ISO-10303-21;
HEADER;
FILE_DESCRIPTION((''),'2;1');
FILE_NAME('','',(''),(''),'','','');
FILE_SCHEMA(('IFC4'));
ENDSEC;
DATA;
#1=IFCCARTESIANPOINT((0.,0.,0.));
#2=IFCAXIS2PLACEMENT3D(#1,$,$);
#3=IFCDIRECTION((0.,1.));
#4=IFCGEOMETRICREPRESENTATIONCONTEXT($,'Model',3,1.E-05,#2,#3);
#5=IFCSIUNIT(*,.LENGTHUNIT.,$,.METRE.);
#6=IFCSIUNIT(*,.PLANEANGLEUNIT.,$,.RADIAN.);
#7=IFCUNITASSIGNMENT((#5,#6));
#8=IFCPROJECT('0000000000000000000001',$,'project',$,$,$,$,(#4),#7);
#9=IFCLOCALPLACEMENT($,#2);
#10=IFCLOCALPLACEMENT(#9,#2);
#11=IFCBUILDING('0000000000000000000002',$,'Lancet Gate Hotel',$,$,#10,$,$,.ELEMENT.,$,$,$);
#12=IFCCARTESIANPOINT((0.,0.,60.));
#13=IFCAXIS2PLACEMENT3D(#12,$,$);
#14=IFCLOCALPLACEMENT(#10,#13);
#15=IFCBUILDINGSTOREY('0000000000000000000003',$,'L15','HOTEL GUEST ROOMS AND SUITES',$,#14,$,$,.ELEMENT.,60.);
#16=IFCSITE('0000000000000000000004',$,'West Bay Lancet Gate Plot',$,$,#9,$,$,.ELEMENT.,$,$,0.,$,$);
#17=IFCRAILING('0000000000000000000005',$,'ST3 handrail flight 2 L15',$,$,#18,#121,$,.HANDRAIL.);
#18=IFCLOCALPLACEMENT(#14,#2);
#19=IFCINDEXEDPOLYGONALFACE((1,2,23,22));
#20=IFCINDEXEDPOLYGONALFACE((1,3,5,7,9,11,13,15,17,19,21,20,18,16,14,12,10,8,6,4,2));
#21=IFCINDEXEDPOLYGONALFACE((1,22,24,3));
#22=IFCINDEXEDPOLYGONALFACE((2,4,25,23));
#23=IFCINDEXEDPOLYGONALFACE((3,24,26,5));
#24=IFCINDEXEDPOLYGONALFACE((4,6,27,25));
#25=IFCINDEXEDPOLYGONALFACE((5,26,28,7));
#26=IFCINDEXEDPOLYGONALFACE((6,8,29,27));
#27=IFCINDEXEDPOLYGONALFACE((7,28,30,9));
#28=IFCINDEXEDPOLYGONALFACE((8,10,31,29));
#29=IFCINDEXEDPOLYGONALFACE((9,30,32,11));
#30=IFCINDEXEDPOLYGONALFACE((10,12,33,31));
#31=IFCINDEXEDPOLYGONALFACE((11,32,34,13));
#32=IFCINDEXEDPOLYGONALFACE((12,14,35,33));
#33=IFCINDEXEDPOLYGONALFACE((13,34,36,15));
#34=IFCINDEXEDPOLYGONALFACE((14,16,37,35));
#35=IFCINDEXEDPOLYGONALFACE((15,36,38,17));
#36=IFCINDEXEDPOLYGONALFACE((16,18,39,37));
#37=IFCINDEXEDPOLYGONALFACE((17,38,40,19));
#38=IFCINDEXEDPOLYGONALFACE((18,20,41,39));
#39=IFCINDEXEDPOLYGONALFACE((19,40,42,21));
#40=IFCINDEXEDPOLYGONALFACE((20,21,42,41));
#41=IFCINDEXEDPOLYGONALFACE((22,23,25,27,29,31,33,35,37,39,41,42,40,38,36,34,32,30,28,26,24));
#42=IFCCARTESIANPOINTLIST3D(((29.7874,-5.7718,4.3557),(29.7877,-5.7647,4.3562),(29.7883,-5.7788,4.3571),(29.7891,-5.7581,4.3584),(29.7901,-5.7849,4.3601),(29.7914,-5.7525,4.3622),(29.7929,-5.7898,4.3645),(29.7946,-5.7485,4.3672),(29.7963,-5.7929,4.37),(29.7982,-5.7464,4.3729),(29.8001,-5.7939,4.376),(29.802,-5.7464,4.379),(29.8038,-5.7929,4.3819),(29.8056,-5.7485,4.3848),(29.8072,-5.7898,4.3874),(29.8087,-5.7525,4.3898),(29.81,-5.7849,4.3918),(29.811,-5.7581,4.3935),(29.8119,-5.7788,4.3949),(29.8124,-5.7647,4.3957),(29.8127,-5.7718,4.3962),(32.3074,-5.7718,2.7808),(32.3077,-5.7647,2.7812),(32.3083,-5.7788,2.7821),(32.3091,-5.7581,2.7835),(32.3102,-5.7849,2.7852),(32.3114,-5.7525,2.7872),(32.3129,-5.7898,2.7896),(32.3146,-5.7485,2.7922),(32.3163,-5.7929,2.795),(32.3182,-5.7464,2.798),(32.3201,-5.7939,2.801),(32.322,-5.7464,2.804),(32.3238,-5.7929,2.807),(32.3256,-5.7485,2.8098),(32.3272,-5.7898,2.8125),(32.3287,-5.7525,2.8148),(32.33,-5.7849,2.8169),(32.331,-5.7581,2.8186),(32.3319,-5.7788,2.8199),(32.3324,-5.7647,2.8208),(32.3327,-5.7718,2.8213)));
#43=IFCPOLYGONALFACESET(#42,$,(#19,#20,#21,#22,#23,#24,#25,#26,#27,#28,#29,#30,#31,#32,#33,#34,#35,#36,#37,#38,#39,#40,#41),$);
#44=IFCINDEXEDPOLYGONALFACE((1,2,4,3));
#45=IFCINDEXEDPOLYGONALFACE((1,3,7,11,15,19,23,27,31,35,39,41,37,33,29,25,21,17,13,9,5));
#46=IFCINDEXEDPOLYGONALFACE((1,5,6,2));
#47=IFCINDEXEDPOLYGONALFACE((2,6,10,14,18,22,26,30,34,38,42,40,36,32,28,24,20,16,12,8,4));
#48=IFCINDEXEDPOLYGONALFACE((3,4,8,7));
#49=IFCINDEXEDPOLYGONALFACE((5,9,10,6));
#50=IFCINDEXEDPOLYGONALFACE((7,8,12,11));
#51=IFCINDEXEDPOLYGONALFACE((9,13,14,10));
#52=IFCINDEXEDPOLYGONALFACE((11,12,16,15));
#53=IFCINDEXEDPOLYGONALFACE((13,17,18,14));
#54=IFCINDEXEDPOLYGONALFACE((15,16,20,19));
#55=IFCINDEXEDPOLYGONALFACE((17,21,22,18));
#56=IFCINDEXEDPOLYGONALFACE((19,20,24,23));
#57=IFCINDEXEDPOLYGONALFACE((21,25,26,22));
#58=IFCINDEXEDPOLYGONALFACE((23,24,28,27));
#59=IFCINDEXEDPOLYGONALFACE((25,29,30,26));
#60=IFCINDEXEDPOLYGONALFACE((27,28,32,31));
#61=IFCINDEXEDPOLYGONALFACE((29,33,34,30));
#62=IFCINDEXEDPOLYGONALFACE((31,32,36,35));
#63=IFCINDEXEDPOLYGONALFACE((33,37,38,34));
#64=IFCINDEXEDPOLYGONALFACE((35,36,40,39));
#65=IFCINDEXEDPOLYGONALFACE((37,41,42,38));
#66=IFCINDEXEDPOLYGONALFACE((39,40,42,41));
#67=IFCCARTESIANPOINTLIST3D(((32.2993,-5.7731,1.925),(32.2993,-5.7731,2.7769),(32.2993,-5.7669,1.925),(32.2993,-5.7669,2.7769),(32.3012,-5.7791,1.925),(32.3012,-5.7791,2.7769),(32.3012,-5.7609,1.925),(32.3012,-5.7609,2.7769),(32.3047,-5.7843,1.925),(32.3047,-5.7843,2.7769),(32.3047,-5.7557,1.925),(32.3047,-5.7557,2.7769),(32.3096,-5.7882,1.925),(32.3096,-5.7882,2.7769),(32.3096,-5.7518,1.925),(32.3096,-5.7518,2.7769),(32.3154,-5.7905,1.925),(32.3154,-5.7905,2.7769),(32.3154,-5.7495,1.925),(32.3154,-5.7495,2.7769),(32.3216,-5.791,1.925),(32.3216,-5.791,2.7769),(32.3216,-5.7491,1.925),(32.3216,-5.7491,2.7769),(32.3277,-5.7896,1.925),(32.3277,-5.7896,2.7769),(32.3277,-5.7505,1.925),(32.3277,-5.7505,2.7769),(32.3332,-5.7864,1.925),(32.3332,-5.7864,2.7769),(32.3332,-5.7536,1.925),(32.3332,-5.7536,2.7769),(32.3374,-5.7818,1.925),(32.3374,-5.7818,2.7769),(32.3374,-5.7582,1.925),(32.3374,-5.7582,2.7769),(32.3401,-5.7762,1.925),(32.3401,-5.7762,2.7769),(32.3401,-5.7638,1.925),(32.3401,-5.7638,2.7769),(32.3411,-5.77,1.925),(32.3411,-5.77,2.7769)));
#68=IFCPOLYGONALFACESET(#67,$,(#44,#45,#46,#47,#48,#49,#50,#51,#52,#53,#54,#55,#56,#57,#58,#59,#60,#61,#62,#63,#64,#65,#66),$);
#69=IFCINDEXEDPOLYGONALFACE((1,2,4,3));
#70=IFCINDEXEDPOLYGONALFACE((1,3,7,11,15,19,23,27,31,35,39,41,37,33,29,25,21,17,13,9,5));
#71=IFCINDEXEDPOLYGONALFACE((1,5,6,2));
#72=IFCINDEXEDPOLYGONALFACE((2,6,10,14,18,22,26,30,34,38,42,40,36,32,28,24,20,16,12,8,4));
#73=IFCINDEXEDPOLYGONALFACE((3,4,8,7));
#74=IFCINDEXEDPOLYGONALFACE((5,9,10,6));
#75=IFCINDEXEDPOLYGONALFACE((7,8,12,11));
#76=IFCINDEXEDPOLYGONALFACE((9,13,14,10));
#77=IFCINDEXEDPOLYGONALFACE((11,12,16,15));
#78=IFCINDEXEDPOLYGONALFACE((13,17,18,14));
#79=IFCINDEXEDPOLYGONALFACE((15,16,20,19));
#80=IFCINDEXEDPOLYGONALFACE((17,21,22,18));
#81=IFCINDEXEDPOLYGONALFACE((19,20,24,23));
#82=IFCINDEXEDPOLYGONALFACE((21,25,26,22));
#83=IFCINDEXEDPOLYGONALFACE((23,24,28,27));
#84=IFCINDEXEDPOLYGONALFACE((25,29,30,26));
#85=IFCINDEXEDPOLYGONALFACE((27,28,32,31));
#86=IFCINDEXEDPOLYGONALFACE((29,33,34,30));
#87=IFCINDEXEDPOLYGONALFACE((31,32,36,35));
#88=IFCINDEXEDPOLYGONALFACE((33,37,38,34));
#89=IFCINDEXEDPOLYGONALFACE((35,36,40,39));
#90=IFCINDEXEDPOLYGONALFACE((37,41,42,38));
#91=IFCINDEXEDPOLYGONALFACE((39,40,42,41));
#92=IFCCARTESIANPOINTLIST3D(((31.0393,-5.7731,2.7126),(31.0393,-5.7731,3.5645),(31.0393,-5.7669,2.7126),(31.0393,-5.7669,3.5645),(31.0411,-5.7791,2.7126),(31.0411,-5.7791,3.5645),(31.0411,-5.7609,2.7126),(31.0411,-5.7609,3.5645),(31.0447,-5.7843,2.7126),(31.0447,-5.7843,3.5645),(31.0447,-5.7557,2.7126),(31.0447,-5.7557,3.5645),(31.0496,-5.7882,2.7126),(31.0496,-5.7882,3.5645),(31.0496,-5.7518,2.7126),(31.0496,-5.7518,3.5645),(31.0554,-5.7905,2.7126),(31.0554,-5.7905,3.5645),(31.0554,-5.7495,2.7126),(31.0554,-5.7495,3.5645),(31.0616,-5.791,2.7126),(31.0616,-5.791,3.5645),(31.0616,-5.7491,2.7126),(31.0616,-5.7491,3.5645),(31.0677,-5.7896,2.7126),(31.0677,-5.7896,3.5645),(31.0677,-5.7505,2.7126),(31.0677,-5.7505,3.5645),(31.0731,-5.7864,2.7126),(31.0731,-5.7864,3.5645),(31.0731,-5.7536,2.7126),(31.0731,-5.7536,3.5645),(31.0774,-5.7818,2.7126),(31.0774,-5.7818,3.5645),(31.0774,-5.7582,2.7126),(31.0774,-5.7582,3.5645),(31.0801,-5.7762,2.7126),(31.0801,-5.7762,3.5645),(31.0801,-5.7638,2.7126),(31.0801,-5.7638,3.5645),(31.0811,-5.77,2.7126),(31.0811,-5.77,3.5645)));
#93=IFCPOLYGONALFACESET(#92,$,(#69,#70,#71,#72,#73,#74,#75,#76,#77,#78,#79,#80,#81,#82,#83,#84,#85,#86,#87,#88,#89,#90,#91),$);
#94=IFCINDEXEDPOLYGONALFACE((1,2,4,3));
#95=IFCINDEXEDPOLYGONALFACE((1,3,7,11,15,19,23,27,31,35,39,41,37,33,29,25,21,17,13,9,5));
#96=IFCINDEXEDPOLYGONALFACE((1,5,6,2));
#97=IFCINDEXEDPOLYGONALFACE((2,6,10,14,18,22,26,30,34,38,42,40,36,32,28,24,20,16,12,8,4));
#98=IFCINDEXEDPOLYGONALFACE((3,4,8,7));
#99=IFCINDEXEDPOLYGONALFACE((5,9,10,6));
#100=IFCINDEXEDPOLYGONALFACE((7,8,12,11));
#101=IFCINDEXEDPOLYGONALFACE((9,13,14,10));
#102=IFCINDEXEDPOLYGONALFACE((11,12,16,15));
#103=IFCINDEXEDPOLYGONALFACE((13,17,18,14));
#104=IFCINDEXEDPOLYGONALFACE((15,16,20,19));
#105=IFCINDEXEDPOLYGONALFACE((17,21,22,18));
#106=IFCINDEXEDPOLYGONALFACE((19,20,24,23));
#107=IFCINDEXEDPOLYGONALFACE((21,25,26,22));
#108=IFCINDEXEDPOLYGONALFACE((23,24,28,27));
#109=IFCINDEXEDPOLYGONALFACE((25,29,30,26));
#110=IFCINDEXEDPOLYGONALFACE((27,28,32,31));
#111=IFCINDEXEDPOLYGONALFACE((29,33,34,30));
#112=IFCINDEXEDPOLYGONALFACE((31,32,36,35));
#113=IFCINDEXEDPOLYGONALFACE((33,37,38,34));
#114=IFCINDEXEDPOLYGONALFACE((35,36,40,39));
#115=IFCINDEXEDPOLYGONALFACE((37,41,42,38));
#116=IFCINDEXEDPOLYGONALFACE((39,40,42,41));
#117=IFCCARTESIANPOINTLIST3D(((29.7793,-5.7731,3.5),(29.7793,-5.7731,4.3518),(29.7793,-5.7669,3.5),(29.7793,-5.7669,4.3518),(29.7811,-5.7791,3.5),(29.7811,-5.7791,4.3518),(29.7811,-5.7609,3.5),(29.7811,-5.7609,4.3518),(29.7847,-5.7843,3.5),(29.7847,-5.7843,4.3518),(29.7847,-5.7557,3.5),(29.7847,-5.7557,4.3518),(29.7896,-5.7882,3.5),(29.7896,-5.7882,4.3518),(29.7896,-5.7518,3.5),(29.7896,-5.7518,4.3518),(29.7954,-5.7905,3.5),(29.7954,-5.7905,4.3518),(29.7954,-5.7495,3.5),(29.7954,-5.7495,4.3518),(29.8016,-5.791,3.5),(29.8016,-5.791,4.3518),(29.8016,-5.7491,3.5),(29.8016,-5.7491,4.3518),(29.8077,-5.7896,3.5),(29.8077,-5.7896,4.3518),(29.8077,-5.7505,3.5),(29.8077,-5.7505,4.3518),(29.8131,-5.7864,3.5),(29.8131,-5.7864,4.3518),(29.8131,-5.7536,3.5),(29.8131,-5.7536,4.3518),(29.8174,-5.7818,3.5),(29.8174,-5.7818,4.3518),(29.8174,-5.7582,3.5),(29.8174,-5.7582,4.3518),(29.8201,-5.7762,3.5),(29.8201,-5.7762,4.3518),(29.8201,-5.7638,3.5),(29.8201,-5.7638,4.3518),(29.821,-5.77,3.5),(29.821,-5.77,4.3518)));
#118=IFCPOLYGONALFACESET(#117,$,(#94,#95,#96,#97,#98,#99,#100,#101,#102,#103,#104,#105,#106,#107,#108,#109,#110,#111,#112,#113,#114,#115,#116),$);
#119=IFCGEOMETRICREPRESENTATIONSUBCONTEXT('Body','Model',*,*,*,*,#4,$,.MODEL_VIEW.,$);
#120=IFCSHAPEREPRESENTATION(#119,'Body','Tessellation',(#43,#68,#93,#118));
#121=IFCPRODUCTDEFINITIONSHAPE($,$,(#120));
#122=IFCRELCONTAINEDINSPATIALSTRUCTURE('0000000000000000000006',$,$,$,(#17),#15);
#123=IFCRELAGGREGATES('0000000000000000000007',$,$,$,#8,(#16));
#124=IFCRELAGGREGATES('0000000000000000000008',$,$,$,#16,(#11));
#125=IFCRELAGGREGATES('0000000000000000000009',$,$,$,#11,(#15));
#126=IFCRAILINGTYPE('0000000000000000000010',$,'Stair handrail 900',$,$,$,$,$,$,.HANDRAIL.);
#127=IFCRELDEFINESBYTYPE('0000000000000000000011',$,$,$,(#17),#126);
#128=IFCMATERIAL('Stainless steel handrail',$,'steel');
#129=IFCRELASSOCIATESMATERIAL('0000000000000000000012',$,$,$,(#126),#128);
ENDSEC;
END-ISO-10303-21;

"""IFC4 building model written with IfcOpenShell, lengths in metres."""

from ifc_helpers import new_model, si_unit, direction, frame, origin, origin_2d, place, context, subcontext, project, spatial, circle, extrude, material, type_object, element, save


model = new_model("IFC4")

# Units and contexts
model_context = context("Model", 3, precision=1e-05, world=origin(), true_north=direction((0.0, 1.0)))
body_context = subcontext(model_context, "Body", "Model", "MODEL_VIEW")
ifc_project = project(units=[si_unit("LENGTHUNIT", "METRE"), si_unit("PLANEANGLEUNIT", "RADIAN")], contexts=[model_context])

# Site, building, storey
site_placement = place(None, origin())
site = spatial("IfcSite", under=ifc_project, at=site_placement, Name="West Bay Lancet Gate Plot", CompositionType="ELEMENT", RefElevation=0.0)
building_placement = place(site_placement, origin())
building = spatial("IfcBuilding", under=site, at=building_placement, Name="Lancet Gate Hotel", CompositionType="ELEMENT")
storey_placement = place(building_placement, frame((0.0, 0.0, 60.0)))
storey = spatial("IfcBuildingStorey", under=building, at=storey_placement, Name="L15", Description="HOTEL GUEST ROOMS AND SUITES", CompositionType="ELEMENT", Elevation=60.0)

# Railing
ifc_material_1 = material(Name="Stainless steel handrail", Category="steel")
railing_type = type_object("IfcRailingType", Name="Stair handrail 900", PredefinedType="HANDRAIL", material=ifc_material_1)
railing_1_placement = place(storey_placement, frame((32.3201, -5.77, 1.925)))
element("IfcRailing", 1, at=railing_1_placement, inside=storey, type_object=railing_type, Name="ST3 handrail flight 2 L15", PredefinedType="HANDRAIL", context=body_context, shape_type="SweptSolid", body=[
    extrude(circle(Radius=0.0239, at=origin_2d()), frame((0.0, 0.0, 0.876), z_axis=(-0.848008, 0.0, 0.529984), x_axis=(0.0, -1.0, 0.0)), (0.0, 0.0, 1.0), 2.9717),
    extrude(circle(Radius=0.021, at=origin_2d()), origin(), (0.0, 0.0, 1.0), 0.8518),
    extrude(circle(Radius=0.021, at=origin_2d()), frame((-1.26, 0.0, 0.7876)), (0.0, 0.0, 1.0), 0.8518),
    extrude(circle(Radius=0.021, at=origin_2d()), frame((-2.52, 0.0, 1.575)), (0.0, 0.0, 1.0), 0.8518),
])

save(model, "model.ifc")
